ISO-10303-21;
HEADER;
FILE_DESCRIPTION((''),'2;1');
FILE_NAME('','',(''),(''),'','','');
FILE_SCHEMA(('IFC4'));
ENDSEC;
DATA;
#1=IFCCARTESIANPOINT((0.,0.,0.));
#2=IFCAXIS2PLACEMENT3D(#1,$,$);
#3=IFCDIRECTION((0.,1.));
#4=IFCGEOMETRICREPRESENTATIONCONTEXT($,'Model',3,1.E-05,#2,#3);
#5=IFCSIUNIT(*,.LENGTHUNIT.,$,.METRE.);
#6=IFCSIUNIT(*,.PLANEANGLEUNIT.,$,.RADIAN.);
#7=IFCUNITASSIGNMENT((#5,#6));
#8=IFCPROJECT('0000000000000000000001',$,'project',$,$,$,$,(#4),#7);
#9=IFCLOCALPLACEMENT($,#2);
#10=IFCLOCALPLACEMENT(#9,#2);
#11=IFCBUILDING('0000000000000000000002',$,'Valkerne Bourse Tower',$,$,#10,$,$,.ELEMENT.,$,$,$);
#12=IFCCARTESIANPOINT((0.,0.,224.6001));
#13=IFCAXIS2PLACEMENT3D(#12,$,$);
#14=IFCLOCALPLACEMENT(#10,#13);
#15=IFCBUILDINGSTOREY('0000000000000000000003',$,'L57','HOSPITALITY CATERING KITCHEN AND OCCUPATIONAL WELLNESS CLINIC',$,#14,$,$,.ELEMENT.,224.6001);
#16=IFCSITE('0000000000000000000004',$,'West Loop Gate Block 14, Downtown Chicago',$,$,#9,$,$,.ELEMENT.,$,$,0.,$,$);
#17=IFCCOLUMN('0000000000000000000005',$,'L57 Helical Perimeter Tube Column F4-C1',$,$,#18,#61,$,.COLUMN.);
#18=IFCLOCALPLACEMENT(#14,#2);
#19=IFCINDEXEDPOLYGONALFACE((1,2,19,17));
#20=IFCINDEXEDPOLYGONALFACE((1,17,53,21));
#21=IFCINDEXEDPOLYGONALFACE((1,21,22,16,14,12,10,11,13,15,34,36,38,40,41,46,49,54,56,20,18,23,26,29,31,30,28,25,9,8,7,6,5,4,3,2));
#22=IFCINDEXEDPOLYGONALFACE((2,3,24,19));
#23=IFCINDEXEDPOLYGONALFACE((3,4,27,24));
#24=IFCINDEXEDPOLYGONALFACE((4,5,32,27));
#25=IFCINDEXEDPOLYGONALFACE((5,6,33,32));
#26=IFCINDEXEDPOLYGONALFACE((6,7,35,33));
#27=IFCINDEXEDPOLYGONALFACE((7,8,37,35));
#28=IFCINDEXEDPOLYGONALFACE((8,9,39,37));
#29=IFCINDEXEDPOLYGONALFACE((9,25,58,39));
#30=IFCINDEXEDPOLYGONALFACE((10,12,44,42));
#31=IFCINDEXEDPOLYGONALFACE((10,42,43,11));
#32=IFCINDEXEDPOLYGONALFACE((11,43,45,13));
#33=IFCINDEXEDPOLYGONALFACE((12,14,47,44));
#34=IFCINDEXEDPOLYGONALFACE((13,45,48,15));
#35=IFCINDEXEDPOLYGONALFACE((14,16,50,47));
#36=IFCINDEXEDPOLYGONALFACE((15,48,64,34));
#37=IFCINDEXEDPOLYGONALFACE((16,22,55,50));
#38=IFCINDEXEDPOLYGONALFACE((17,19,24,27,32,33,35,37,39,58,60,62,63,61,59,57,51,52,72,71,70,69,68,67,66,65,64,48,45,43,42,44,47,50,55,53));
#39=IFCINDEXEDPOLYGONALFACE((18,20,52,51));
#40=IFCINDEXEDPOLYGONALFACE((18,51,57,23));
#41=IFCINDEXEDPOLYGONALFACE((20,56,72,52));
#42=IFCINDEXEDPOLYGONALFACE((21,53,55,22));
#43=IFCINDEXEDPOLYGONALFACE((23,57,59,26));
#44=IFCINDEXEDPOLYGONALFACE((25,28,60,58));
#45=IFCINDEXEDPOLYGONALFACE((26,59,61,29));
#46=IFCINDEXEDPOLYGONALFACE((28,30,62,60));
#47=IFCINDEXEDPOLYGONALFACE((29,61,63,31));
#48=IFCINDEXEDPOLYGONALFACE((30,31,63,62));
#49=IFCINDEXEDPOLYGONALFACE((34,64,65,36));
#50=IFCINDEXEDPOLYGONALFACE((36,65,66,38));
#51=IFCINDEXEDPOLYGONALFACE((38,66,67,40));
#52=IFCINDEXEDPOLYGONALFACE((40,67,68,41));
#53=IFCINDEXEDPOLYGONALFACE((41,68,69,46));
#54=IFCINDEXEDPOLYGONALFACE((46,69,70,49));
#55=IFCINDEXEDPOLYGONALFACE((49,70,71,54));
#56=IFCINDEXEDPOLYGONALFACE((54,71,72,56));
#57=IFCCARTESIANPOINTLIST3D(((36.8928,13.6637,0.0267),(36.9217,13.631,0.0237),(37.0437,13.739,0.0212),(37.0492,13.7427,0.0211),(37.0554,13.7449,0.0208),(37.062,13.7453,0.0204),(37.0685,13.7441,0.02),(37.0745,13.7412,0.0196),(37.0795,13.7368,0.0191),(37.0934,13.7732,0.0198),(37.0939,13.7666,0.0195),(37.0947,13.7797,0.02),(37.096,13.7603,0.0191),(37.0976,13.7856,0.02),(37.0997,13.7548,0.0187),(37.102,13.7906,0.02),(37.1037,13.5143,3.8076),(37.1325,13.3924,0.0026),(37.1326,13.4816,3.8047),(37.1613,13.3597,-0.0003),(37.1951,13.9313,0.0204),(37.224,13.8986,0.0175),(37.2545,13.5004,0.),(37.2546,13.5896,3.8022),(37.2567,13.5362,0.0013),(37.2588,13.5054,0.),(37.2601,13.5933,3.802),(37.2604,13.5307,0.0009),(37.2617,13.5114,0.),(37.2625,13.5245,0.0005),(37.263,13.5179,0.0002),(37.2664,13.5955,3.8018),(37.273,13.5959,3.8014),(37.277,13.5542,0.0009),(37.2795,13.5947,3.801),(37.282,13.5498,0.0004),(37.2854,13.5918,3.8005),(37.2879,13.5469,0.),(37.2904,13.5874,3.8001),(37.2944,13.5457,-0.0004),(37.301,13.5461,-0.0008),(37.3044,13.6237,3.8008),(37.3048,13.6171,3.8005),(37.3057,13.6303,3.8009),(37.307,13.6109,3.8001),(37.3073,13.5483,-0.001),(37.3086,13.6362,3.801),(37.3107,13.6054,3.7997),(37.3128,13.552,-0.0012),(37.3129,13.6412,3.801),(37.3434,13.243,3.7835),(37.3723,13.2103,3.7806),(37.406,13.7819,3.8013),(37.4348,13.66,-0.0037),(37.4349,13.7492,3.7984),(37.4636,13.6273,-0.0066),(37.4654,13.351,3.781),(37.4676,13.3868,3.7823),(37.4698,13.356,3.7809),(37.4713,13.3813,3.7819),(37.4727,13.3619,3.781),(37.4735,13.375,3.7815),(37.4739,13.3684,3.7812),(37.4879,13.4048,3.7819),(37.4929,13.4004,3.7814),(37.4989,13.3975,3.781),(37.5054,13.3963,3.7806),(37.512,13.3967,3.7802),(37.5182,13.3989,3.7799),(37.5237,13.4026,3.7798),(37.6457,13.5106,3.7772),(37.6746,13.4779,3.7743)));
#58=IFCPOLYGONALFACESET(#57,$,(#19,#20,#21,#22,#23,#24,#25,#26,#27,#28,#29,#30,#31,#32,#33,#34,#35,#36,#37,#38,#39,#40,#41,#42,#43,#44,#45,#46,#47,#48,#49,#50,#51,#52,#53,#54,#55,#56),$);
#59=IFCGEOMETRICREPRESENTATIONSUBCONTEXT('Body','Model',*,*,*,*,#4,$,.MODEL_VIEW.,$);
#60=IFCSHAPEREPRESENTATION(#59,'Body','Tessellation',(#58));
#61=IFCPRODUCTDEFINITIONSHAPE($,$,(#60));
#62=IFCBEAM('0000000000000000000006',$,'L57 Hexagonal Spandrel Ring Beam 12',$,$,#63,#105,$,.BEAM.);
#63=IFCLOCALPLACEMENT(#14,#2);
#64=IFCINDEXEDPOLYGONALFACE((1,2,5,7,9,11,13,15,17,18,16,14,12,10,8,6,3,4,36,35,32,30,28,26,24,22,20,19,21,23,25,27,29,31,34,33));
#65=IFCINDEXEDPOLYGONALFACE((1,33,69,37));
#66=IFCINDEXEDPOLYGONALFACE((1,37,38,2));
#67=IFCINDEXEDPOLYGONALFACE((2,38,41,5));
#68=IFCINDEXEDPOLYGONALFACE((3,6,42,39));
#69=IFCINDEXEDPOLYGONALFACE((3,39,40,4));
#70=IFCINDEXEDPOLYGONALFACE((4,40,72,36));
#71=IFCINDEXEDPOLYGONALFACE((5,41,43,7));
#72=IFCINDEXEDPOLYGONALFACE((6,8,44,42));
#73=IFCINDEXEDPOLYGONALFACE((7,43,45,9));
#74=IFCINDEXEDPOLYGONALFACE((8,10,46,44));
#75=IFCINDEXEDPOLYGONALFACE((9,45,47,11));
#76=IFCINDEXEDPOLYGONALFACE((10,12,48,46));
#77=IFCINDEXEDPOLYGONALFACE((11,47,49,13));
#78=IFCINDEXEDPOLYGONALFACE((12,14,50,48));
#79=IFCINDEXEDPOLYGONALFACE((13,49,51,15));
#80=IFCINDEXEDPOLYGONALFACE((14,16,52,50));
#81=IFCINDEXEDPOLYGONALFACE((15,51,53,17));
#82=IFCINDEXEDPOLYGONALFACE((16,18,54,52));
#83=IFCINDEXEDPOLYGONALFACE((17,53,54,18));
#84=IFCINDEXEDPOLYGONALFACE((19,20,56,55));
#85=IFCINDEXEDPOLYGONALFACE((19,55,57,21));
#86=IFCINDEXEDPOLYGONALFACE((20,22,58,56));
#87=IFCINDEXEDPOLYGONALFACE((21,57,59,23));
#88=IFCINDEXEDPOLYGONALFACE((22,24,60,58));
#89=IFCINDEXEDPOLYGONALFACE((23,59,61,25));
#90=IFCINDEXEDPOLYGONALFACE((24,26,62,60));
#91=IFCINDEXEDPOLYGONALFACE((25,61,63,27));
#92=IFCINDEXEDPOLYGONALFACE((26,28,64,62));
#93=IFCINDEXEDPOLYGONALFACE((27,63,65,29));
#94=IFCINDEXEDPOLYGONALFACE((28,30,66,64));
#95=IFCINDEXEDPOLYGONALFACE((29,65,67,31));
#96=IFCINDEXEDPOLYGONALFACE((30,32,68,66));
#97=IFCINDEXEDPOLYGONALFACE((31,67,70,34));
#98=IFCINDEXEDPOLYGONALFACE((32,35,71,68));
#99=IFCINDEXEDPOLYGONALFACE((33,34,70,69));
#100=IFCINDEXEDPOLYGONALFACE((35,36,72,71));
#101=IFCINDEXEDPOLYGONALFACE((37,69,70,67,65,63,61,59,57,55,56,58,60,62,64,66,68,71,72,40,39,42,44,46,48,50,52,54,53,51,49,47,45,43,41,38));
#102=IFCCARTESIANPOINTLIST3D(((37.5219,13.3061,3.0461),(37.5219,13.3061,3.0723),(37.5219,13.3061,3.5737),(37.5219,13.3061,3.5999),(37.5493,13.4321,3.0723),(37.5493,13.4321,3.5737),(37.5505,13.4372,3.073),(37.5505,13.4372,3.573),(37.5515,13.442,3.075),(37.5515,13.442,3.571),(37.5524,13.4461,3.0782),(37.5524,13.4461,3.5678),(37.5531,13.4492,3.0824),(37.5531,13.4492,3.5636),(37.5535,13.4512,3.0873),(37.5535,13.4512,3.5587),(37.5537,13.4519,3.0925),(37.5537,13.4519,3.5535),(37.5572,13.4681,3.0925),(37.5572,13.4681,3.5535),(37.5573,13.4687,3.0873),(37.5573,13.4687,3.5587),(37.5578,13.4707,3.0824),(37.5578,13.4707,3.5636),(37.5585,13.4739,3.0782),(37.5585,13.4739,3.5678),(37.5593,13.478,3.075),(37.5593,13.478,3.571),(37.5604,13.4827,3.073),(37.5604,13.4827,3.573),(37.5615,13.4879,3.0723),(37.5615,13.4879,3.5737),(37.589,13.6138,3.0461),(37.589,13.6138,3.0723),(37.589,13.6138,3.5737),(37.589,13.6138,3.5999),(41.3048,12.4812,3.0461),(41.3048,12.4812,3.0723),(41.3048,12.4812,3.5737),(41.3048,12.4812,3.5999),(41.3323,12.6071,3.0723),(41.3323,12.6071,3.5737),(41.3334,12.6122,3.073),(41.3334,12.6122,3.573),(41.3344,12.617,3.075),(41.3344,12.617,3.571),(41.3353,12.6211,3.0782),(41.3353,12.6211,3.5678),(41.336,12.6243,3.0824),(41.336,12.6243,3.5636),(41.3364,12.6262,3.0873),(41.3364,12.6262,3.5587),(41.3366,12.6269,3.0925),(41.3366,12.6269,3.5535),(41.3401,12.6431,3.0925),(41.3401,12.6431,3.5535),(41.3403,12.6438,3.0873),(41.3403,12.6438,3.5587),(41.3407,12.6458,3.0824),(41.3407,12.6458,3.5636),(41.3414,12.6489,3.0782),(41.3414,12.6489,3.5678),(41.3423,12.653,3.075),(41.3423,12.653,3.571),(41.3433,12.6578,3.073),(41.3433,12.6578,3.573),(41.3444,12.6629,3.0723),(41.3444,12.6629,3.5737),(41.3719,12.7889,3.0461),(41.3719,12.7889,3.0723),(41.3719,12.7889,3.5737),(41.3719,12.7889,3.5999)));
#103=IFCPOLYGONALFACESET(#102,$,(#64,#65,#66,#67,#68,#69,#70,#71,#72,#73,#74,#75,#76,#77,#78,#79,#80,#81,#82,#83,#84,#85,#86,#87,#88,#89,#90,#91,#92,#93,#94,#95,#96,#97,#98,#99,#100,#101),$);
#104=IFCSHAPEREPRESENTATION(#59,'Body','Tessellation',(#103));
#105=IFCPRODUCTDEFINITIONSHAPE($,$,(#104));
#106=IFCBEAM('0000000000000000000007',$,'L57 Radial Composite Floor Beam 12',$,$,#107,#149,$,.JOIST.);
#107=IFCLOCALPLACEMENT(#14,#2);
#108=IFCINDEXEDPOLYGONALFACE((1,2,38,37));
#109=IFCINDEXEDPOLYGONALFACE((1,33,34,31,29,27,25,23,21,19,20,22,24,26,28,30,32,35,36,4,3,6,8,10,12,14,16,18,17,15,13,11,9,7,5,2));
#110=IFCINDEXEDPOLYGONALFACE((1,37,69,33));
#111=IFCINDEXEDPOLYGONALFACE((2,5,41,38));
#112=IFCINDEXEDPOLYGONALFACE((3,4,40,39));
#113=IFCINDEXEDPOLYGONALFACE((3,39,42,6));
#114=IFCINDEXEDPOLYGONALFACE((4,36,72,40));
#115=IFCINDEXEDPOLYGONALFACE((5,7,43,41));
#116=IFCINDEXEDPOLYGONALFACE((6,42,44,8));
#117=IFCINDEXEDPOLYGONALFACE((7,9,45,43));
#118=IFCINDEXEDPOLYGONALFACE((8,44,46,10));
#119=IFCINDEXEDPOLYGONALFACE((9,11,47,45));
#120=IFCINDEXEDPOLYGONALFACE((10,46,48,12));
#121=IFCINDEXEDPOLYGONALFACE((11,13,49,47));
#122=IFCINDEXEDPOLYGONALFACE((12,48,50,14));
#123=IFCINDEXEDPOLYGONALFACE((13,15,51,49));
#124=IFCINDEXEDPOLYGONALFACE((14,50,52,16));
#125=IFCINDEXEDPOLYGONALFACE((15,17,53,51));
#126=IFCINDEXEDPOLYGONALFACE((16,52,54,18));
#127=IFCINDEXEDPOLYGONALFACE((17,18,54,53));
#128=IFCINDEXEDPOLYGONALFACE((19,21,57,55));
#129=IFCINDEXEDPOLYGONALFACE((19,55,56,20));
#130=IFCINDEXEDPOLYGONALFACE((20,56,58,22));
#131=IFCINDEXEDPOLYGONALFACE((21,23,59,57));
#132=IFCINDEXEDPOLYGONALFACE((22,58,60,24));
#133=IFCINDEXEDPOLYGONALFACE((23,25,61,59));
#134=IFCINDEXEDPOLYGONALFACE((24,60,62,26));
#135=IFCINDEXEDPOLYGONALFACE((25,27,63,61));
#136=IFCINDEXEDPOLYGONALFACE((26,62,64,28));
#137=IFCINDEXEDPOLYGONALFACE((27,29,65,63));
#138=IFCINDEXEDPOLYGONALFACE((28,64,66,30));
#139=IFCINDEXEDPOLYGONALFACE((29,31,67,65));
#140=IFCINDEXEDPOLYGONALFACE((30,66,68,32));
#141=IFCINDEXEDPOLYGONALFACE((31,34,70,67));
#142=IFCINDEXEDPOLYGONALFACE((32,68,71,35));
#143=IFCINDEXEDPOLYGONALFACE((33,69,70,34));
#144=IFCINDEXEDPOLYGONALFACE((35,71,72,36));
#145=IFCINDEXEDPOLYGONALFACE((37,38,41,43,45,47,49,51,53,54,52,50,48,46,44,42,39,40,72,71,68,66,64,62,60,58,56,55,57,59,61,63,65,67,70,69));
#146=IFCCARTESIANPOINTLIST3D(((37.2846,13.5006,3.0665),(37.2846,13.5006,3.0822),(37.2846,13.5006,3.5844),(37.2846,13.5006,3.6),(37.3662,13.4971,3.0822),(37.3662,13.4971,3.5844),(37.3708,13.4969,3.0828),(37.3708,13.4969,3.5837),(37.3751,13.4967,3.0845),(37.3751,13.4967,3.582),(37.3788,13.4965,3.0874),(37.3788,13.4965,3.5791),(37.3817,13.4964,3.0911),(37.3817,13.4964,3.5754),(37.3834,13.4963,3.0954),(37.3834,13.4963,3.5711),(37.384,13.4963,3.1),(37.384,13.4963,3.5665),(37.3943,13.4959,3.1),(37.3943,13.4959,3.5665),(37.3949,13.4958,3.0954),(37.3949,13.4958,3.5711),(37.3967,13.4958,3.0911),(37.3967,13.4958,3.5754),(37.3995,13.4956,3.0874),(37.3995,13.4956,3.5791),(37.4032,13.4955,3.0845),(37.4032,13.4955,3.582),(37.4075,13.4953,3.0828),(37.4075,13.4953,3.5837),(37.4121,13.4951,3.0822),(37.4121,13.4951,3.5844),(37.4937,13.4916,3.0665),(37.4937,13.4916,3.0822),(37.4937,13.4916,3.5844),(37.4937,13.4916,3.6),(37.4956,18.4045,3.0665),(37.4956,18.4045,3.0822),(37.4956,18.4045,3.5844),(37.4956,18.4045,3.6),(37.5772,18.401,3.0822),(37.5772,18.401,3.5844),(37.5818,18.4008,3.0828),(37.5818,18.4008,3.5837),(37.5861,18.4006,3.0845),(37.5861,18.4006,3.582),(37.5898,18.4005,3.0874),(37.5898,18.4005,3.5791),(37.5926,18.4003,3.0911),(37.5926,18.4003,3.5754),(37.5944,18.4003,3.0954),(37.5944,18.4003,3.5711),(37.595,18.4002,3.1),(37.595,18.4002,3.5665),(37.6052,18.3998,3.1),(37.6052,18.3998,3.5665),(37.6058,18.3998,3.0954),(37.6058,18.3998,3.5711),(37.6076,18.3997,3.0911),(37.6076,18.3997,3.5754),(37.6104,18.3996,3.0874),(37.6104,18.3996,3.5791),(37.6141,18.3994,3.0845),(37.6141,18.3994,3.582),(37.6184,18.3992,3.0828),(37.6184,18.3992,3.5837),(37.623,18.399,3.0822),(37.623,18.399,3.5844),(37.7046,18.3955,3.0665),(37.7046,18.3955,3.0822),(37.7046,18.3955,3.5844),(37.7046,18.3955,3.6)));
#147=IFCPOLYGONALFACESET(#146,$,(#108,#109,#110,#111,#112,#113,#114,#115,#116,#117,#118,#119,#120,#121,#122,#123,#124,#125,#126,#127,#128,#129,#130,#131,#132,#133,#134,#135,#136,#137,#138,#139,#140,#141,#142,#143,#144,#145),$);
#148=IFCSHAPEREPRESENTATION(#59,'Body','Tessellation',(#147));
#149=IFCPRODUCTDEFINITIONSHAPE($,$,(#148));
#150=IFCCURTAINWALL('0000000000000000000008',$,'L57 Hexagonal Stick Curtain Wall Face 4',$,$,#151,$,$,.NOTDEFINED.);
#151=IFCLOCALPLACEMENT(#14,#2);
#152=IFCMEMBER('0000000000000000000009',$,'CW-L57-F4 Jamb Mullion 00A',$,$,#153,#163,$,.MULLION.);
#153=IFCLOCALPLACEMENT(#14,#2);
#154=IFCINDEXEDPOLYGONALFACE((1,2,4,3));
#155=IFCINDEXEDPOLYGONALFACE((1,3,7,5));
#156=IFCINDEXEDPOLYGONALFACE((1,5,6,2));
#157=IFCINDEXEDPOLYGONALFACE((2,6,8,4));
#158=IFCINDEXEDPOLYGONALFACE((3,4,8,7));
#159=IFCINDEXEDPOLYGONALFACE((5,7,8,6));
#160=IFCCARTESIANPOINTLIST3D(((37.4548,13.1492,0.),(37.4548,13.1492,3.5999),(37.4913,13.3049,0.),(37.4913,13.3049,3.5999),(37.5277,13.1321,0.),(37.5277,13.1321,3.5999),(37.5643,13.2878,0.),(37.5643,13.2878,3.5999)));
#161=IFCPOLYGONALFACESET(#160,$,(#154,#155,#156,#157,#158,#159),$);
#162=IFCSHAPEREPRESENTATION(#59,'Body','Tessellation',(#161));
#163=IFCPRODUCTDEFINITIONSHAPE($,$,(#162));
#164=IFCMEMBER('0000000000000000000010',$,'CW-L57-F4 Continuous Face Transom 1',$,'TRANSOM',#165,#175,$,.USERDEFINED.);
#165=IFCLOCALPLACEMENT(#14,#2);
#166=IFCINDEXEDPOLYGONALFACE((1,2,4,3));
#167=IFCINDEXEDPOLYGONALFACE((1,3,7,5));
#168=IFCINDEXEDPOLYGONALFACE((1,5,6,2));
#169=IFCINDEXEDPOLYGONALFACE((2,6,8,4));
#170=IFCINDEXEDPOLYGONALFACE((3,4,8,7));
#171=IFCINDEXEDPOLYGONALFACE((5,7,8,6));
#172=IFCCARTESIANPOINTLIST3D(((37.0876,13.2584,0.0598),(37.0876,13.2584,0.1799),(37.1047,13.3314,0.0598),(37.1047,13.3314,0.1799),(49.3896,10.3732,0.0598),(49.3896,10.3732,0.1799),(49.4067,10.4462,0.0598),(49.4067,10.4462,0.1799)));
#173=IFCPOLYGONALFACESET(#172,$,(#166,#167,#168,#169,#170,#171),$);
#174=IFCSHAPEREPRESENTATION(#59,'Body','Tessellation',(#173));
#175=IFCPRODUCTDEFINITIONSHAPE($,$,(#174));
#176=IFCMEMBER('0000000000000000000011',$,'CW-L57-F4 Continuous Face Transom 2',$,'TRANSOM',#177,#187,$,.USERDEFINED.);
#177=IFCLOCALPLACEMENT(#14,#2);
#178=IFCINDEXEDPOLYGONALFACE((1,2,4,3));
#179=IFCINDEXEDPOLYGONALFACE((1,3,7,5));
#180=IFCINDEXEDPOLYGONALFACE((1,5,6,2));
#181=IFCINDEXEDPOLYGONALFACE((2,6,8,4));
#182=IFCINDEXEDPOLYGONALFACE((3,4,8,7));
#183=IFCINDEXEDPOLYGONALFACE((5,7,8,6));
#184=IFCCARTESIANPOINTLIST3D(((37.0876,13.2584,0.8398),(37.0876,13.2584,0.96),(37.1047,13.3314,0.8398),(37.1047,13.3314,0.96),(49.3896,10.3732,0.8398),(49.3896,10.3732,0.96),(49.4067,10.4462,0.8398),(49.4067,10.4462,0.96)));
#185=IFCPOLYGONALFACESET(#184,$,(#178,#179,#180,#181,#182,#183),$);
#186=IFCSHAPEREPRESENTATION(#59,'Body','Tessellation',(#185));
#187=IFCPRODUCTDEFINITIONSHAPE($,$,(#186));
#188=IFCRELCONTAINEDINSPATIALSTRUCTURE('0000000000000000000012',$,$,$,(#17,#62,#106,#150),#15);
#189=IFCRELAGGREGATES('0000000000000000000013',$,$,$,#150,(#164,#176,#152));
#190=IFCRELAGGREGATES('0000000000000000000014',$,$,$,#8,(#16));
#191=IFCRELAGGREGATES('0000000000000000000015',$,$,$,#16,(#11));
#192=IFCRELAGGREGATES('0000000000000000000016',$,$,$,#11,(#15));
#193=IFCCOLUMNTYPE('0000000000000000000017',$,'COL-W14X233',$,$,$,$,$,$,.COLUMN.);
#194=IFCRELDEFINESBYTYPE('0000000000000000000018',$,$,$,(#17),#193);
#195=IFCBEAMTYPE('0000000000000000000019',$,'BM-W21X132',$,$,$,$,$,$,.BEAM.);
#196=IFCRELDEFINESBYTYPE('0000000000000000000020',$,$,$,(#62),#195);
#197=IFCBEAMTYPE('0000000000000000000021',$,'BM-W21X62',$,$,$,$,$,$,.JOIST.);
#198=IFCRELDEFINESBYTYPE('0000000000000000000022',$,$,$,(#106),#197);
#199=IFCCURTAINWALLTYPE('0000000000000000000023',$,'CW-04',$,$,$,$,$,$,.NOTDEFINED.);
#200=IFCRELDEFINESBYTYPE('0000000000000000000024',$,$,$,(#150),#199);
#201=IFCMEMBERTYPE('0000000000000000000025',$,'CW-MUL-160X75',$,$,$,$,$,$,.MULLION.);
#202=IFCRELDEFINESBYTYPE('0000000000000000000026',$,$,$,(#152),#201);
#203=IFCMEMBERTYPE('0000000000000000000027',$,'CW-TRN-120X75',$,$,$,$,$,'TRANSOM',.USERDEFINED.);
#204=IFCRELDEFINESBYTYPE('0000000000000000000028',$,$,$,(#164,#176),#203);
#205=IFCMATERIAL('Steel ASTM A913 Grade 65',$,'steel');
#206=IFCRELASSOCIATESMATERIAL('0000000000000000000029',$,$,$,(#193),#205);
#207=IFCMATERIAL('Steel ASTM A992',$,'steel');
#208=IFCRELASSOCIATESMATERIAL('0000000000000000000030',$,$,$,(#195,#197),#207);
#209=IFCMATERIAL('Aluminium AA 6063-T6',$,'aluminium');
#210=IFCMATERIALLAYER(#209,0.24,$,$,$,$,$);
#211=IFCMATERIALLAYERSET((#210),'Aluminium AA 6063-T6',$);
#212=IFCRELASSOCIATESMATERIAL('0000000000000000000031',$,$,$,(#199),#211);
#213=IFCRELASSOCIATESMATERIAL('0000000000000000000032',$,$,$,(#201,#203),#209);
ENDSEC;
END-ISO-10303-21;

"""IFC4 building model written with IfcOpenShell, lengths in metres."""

from ifc_helpers import new_model, si_unit, direction, frame, origin, origin_2d, place, context, subcontext, project, spatial, rectangle, i_section, extrude, material, layer, layer_set, material_profile, profile_set, type_object, element, aggregate, save


model = new_model("IFC4")

# Units and contexts
model_context = context("Model", 3, precision=1e-05, world=origin(), true_north=direction((0.0, 1.0)))
body_context = subcontext(model_context, "Body", "Model", "MODEL_VIEW")
ifc_project = project(units=[si_unit("LENGTHUNIT", "METRE"), si_unit("PLANEANGLEUNIT", "RADIAN")], contexts=[model_context])

# Site, building, storey
site_placement = place(None, origin())
site = spatial("IfcSite", under=ifc_project, at=site_placement, Name="West Loop Gate Block 14, Downtown Chicago", CompositionType="ELEMENT", RefElevation=0.0)
building_placement = place(site_placement, origin())
building = spatial("IfcBuilding", under=site, at=building_placement, Name="Valkerne Bourse Tower", CompositionType="ELEMENT")
storey_placement = place(building_placement, frame((0.0, 0.0, 224.6001)))
storey = spatial("IfcBuildingStorey", under=building, at=storey_placement, Name="L57", Description="HOSPITALITY CATERING KITCHEN AND OCCUPATIONAL WELLNESS CLINIC", CompositionType="ELEMENT", Elevation=224.6001)

# Column
ifc_material_1 = material(Name="Steel ASTM A913 Grade 65", Category="steel")
ifc_material_profile_1 = material_profile(ifc_material_1, i_section(OverallWidth=0.4038, OverallDepth=0.4065, WebThickness=0.0271, FlangeThickness=0.0437, FilletRadius=0.0254, at=origin_2d()), Name="W14X233")
ifc_profile_set_1 = profile_set([ifc_material_profile_1], Name="Steel ASTM A913 Grade 65")
column_type = type_object("IfcColumnType", Name="COL-W14X233", PredefinedType="COLUMN", material=ifc_profile_set_1)
column_placement = place(storey_placement, frame((37.1782, 13.6455, 0.01), z_axis=(0.055659, -0.039425, 0.997671), x_axis=(0.748651, 0.662781, -0.015575)))
element("IfcColumn", 1, at=column_placement, inside=storey, type_object=column_type, Name="L57 Helical Perimeter Tube Column F4-C1", PredefinedType="COLUMN", context=body_context, shape_type="SweptSolid", body=[
    extrude(i_section(OverallWidth=0.4038, OverallDepth=0.4065, WebThickness=0.0271, FlangeThickness=0.0437, FilletRadius=0.0254, at=origin_2d()), origin(), (0.0, 0.0, 1.0), 3.7898),
])

# Beams
ifc_material_2 = material(Name="Steel ASTM A992", Category="steel")
ifc_material_profile_2 = material_profile(ifc_material_2, i_section(OverallWidth=0.3149, OverallDepth=0.5537, WebThickness=0.0166, FlangeThickness=0.0261, FilletRadius=0.0203, at=origin_2d()), Name="W21X132")
ifc_profile_set_2 = profile_set([ifc_material_profile_2], Name="Steel ASTM A992")
beam_type_1 = type_object("IfcBeamType", Name="BM-W21X132", PredefinedType="BEAM", material=ifc_profile_set_2)
beam_1_placement = place(storey_placement, frame((37.5554, 13.46, 3.323), z_axis=(0.977038, -0.213063, 0.0), x_axis=(0.213063, 0.977038, 0.0)))
element("IfcBeam", 2, at=beam_1_placement, inside=storey, type_object=beam_type_1, Name="L57 Hexagonal Spandrel Ring Beam 12", PredefinedType="BEAM", context=body_context, shape_type="SweptSolid", body=[
    extrude(i_section(OverallWidth=0.3149, OverallDepth=0.5537, WebThickness=0.0166, FlangeThickness=0.0261, FilletRadius=0.0203, at=origin_2d()), origin(), (0.0, 0.0, 1.0), 3.8718),
])
ifc_material_profile_3 = material_profile(ifc_material_2, i_section(OverallWidth=0.2092, OverallDepth=0.5334, WebThickness=0.0103, FlangeThickness=0.0156, FilletRadius=0.0178, at=origin_2d()), Name="W21X62")
ifc_profile_set_3 = profile_set([ifc_material_profile_3], Name="Steel ASTM A992")
beam_type_2 = type_object("IfcBeamType", Name="BM-W21X62", PredefinedType="JOIST", material=ifc_profile_set_3)
beam_2_placement = place(storey_placement, frame((37.3892, 13.4961, 3.3333), z_axis=(0.042975, 0.999076, 0.0), x_axis=(-0.999076, 0.042975, 0.0)))
element("IfcBeam", 3, at=beam_2_placement, inside=storey, type_object=beam_type_2, Name="L57 Radial Composite Floor Beam 12", PredefinedType="JOIST", context=body_context, shape_type="SweptSolid", body=[
    extrude(i_section(OverallWidth=0.2092, OverallDepth=0.5334, WebThickness=0.0103, FlangeThickness=0.0156, FilletRadius=0.0178, at=origin_2d()), origin(), (0.0, 0.0, 1.0), 4.9084),
])

# Curtain wall, members
ifc_material_3 = material(Name="Aluminium AA 6063-T6", Category="aluminium")
ifc_layer_1 = layer(ifc_material_3, 0.24)
ifc_layer_set_1 = layer_set([ifc_layer_1], Name="Aluminium AA 6063-T6")
curtain_wall_type = type_object("IfcCurtainWallType", Name="CW-04", PredefinedType="NOTDEFINED", material=ifc_layer_set_1)
curtain_wall_placement = place(storey_placement, origin())
curtain_wall = element("IfcCurtainWall", 4, at=curtain_wall_placement, inside=storey, type_object=curtain_wall_type, Name="L57 Hexagonal Stick Curtain Wall Face 4", PredefinedType="NOTDEFINED")
ifc_material_profile_4 = material_profile(ifc_material_3, rectangle(XDim=0.075, YDim=0.1599, at=origin_2d()), Name="CWM-75X160")
ifc_profile_set_4 = profile_set([ifc_material_profile_4], Name="Aluminium AA 6063-T6")
member_type_1 = type_object("IfcMemberType", Name="CW-MUL-160X75", PredefinedType="MULLION", material=ifc_profile_set_4)
member_1_placement = place(storey_placement, frame((37.5095, 13.2185, 0.0), z_axis=(0.0, 0.0, 1.0), x_axis=(0.973579, -0.228349, 0.0)))
member_1 = element("IfcMember", 5, at=member_1_placement, type_object=member_type_1, Name="CW-L57-F4 Jamb Mullion 00A", PredefinedType="MULLION", context=body_context, shape_type="SweptSolid", body=[
    extrude(rectangle(XDim=0.075, YDim=0.1599, at=origin_2d()), origin(), (0.0, 0.0, 1.0), 3.5999),
])
ifc_material_profile_5 = material_profile(ifc_material_3, rectangle(XDim=0.075, YDim=0.1201, at=origin_2d()), Name="CWT-75X120")
ifc_profile_set_5 = profile_set([ifc_material_profile_5], Name="Aluminium AA 6063-T6")
member_type_2 = type_object("IfcMemberType", Name="CW-TRN-120X75", ElementType="TRANSOM", PredefinedType="USERDEFINED", material=ifc_profile_set_5)
member_2_placement = place(storey_placement, frame((37.0962, 13.2949, 0.1199), z_axis=(0.973582, -0.228339, 0.0), x_axis=(0.228339, 0.973582, 0.0)))
member_2 = element("IfcMember", 6, at=member_2_placement, type_object=member_type_2, Name="CW-L57-F4 Continuous Face Transom 1", ObjectType="TRANSOM", PredefinedType="USERDEFINED", context=body_context, shape_type="SweptSolid", body=[
    extrude(rectangle(XDim=0.075, YDim=0.1201, at=origin_2d()), origin(), (0.0, 0.0, 1.0), 12.6357),
])
member_3_placement = place(storey_placement, frame((37.0962, 13.2949, 0.8999), z_axis=(0.973582, -0.228339, 0.0), x_axis=(0.228339, 0.973582, 0.0)))
member_3 = element("IfcMember", 7, at=member_3_placement, type_object=member_type_2, Name="CW-L57-F4 Continuous Face Transom 2", ObjectType="TRANSOM", PredefinedType="USERDEFINED", context=body_context, shape_type="SweptSolid", body=[
    extrude(rectangle(XDim=0.075, YDim=0.1201, at=origin_2d()), origin(), (0.0, 0.0, 1.0), 12.6357),
])

aggregate(curtain_wall, [member_2, member_3, member_1])

save(model, "model.ifc")
